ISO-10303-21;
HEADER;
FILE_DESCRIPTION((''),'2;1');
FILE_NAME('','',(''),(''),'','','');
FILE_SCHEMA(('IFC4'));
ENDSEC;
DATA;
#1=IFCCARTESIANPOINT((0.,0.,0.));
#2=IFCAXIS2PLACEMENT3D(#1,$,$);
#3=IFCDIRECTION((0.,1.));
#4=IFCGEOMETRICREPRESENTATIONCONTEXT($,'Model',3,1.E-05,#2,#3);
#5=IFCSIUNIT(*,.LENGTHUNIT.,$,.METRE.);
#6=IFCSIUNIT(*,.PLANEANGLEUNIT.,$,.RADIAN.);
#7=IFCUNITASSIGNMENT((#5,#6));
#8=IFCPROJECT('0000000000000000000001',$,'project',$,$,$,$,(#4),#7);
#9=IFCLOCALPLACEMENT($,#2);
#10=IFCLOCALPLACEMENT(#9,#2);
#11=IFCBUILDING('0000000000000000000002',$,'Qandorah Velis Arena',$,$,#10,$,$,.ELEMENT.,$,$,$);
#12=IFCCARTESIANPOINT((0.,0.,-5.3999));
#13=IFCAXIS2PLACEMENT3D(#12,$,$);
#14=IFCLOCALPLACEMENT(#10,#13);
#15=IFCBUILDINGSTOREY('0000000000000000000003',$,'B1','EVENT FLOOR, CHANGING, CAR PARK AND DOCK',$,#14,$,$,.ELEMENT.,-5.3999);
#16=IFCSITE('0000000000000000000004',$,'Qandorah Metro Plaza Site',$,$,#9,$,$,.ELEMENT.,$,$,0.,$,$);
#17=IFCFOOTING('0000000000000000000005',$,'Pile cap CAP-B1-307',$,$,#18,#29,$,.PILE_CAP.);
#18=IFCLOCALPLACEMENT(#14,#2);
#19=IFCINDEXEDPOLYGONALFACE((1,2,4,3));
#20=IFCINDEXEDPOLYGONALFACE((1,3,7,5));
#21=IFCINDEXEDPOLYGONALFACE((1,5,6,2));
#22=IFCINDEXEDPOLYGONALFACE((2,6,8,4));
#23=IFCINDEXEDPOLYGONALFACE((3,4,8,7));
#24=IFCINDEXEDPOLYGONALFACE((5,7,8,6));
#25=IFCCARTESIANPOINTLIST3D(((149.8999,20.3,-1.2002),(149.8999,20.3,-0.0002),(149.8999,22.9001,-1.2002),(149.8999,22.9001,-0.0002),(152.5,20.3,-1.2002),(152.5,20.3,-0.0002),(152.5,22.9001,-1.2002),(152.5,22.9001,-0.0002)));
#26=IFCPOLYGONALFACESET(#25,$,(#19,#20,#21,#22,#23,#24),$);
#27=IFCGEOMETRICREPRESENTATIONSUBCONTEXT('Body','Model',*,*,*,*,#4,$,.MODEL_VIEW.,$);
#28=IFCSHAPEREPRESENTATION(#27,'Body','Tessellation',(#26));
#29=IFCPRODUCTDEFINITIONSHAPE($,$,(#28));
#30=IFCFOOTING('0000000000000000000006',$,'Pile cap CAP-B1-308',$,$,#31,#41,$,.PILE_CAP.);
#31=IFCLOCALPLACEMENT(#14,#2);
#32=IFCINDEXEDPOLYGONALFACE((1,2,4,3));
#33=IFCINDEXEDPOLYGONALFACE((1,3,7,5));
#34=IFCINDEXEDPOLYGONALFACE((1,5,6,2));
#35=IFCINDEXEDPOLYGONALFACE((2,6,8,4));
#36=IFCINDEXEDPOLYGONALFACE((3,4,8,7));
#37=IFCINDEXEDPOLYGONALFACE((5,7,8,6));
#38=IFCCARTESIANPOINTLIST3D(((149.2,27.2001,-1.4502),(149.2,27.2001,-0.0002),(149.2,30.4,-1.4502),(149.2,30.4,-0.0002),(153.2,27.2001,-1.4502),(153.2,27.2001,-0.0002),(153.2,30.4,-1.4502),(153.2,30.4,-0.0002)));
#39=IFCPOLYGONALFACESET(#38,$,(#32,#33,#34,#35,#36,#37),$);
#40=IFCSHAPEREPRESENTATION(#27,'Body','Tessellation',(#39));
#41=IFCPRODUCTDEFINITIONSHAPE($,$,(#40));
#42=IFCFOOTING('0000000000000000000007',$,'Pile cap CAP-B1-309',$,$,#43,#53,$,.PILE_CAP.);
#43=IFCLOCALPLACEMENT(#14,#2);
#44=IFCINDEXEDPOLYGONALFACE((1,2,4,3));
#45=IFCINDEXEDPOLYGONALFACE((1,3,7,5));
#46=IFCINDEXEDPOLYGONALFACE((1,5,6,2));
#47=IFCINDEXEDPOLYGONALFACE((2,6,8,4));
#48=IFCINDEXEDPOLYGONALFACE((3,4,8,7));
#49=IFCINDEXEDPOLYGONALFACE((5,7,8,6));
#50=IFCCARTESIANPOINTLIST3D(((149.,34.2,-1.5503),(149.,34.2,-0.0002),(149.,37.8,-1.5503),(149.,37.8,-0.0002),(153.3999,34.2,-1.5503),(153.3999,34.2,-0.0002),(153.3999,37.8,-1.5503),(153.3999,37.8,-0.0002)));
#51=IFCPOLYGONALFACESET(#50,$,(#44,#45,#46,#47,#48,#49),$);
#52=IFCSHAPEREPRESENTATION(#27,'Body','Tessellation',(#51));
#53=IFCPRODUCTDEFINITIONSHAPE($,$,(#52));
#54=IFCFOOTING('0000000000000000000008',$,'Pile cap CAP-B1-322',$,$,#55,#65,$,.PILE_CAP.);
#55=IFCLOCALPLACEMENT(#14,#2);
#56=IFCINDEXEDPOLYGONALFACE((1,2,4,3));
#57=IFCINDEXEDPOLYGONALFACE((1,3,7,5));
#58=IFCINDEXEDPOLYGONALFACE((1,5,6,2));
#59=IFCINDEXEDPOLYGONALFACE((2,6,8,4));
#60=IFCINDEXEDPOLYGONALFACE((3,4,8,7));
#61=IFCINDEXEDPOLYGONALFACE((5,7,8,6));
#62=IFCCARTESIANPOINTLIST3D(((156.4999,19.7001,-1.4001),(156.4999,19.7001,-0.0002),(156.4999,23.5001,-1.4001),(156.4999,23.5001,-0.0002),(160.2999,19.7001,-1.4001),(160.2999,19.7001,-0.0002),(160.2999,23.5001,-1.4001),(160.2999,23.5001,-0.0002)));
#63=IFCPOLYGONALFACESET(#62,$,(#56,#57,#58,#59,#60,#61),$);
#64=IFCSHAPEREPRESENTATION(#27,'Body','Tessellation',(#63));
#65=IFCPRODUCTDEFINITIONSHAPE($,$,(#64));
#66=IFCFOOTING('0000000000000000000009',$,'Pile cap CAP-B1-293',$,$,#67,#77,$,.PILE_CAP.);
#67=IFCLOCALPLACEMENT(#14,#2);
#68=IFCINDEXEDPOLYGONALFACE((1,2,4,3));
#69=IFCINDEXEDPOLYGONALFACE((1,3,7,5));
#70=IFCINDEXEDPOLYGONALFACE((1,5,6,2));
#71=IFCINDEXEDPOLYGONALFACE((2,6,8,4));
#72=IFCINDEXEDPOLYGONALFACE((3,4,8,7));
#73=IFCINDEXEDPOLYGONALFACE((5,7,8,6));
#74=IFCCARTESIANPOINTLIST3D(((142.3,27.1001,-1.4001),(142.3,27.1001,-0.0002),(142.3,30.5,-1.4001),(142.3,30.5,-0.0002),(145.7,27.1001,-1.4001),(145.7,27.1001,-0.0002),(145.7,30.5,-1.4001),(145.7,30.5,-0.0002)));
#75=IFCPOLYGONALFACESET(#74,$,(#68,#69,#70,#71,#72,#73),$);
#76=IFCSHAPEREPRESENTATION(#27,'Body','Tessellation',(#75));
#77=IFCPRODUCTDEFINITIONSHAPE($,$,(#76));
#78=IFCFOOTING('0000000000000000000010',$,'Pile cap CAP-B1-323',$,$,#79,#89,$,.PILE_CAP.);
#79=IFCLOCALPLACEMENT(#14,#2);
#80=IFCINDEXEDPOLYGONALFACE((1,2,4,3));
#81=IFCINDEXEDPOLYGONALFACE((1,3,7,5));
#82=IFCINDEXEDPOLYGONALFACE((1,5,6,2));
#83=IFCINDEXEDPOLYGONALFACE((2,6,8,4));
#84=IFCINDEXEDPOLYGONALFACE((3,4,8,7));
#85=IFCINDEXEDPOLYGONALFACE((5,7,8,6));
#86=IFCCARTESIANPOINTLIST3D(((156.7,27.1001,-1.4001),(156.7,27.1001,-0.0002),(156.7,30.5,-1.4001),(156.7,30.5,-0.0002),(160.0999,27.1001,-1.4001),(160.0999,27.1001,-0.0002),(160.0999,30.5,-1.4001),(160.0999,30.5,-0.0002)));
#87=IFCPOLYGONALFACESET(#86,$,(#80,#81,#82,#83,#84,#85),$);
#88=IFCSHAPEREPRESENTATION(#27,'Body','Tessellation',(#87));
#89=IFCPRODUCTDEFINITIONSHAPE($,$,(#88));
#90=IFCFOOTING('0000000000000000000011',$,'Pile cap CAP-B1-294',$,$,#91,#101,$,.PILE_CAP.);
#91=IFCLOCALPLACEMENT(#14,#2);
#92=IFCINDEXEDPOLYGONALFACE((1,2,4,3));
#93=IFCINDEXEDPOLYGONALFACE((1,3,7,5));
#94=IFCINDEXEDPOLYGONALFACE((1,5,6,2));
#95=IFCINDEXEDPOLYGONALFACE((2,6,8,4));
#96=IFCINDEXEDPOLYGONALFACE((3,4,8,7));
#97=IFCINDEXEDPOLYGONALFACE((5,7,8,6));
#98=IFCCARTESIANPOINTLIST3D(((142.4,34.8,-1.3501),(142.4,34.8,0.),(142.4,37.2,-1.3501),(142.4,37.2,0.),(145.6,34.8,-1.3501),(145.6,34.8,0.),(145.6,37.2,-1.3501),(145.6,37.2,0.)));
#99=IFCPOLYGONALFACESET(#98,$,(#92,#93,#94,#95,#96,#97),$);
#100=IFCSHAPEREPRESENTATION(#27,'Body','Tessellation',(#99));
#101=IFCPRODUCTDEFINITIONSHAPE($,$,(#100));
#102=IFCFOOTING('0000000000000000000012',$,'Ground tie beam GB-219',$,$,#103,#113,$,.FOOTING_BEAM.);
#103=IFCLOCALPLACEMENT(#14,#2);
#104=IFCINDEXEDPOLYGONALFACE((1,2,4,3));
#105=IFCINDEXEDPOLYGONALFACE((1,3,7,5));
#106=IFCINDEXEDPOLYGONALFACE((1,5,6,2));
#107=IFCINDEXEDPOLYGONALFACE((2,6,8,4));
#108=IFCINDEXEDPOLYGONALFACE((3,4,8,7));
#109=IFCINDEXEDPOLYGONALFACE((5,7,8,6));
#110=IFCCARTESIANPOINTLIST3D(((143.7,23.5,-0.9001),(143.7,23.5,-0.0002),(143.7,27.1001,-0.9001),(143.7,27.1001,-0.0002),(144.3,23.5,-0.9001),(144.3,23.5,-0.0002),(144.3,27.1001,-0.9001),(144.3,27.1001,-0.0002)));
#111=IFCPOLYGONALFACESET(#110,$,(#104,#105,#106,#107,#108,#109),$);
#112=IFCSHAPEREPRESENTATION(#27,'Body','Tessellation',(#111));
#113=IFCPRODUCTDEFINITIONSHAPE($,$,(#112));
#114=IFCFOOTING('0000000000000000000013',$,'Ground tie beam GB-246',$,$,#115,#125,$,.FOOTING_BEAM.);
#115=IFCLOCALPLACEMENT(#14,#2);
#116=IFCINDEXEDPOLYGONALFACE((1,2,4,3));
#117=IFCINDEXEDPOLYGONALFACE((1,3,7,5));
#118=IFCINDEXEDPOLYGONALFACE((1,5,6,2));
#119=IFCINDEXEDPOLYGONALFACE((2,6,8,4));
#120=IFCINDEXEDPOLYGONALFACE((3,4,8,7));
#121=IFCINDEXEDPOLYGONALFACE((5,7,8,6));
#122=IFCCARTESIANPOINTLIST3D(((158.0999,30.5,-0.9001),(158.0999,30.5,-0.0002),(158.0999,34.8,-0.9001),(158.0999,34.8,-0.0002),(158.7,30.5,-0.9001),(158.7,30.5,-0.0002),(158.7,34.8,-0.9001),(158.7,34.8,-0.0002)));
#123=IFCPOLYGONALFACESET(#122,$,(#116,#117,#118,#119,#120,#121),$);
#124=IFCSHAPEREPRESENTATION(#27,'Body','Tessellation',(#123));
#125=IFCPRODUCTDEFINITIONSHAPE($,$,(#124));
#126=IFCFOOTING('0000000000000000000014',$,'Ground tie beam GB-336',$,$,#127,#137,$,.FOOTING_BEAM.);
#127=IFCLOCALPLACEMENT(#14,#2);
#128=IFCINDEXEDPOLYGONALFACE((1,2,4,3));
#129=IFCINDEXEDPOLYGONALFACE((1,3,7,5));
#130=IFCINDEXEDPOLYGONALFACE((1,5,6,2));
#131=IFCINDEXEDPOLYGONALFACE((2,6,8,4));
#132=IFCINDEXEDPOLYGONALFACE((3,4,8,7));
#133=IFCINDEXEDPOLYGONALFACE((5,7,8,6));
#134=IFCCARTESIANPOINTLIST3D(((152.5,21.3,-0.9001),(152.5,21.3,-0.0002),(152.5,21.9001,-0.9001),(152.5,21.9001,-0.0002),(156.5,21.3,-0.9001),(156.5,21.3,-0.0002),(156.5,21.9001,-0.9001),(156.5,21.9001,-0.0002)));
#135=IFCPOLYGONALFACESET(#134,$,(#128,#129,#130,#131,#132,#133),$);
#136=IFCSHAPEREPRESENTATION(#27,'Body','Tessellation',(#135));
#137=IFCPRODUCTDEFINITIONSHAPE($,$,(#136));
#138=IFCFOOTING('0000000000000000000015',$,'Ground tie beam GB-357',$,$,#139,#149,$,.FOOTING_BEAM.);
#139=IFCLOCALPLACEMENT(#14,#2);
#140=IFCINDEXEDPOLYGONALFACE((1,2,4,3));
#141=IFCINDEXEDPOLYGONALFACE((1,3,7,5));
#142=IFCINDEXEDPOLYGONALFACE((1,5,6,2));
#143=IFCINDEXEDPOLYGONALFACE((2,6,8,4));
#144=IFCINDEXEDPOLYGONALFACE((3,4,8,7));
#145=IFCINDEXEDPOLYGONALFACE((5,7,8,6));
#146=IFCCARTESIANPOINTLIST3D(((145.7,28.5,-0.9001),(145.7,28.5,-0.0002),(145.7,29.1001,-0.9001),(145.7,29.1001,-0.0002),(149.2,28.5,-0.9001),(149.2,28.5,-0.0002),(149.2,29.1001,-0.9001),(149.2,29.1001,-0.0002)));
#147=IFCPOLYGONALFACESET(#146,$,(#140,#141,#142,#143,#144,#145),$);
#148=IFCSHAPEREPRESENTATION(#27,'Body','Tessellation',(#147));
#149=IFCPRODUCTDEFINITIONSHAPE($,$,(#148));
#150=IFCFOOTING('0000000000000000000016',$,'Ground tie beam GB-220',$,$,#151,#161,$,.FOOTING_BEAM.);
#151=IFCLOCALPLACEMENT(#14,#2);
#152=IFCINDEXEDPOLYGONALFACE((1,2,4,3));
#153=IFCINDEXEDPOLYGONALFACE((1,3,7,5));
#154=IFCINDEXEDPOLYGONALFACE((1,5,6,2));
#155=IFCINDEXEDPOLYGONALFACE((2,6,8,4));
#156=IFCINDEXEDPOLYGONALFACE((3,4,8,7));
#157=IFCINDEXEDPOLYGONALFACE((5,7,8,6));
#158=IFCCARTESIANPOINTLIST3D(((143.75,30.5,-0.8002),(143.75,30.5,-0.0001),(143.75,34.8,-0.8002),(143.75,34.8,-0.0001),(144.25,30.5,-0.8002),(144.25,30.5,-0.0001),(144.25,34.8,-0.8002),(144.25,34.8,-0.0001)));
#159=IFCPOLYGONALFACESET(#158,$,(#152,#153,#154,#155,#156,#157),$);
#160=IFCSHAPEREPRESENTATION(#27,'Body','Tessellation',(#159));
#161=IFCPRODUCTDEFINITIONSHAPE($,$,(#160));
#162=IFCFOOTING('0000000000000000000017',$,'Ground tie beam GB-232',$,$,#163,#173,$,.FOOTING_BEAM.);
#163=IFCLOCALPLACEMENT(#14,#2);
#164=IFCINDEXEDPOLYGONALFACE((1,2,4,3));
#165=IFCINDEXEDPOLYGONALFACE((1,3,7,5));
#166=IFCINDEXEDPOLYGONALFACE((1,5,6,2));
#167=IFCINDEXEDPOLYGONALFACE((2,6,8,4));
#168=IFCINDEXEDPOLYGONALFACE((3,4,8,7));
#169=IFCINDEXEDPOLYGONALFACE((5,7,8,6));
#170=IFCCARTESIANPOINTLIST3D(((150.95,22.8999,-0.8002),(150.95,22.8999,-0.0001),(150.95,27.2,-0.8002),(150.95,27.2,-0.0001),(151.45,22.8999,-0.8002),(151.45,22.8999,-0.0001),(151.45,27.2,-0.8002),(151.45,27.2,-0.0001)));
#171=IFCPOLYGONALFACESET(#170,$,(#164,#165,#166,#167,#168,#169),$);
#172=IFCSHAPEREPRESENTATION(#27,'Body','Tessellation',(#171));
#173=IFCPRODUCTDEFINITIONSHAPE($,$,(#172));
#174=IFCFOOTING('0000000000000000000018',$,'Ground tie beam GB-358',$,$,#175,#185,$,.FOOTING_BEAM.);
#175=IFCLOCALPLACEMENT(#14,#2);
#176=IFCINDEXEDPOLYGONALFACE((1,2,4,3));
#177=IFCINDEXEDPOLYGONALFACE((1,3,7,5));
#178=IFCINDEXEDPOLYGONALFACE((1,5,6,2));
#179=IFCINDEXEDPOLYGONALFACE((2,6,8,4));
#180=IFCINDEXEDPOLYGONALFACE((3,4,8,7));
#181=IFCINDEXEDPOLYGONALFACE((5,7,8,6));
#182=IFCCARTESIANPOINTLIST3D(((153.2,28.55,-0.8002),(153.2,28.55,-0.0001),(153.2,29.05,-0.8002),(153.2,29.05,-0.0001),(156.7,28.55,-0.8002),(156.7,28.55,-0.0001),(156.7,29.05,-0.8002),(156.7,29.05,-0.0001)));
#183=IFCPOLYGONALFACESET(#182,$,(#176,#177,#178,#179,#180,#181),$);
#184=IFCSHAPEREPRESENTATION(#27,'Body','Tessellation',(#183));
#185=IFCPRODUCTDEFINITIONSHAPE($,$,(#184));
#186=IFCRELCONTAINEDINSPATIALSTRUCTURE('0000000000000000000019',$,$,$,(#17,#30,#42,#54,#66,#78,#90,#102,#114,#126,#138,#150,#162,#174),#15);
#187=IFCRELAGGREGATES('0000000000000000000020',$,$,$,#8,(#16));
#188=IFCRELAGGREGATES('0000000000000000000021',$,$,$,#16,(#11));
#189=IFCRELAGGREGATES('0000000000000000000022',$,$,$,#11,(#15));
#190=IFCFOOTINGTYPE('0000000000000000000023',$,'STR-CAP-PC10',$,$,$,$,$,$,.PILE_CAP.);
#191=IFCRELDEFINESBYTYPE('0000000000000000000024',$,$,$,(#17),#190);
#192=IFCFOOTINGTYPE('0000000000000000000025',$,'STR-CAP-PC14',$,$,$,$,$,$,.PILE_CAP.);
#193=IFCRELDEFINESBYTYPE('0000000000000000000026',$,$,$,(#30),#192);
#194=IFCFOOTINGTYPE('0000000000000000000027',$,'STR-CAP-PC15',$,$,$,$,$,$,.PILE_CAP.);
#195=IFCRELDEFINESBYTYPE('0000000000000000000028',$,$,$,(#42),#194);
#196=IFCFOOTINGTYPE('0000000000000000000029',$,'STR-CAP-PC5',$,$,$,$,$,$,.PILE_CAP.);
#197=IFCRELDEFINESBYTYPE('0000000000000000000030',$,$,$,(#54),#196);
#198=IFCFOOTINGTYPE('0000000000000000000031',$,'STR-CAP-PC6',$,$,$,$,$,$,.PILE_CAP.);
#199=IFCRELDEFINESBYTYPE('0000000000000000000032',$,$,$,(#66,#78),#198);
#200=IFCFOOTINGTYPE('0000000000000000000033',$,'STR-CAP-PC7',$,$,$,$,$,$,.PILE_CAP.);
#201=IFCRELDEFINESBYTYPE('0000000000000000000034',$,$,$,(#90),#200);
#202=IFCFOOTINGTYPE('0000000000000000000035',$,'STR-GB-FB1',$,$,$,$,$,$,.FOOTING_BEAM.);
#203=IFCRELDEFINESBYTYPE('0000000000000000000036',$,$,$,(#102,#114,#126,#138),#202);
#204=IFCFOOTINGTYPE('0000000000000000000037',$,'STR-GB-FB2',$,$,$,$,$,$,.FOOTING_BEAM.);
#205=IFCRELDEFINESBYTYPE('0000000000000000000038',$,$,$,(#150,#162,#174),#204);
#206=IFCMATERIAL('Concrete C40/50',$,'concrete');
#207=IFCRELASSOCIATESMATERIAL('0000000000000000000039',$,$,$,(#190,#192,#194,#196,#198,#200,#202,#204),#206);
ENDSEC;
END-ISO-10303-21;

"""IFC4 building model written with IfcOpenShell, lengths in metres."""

from ifc_helpers import new_model, si_unit, direction, frame, origin, origin_2d, place, context, subcontext, project, spatial, rectangle, extrude, material, material_profile, profile_set, type_object, element, save


model = new_model("IFC4")

# Units and contexts
model_context = context("Model", 3, precision=1e-05, world=origin(), true_north=direction((0.0, 1.0)))
body_context = subcontext(model_context, "Body", "Model", "MODEL_VIEW")
ifc_project = project(units=[si_unit("LENGTHUNIT", "METRE"), si_unit("PLANEANGLEUNIT", "RADIAN")], contexts=[model_context])

# Site, building, storey
site_placement = place(None, origin())
site = spatial("IfcSite", under=ifc_project, at=site_placement, Name="Qandorah Metro Plaza Site", CompositionType="ELEMENT", RefElevation=0.0)
building_placement = place(site_placement, origin())
building = spatial("IfcBuilding", under=site, at=building_placement, Name="Qandorah Velis Arena", CompositionType="ELEMENT")
storey_placement = place(building_placement, frame((0.0, 0.0, -5.3999)))
storey = spatial("IfcBuildingStorey", under=building, at=storey_placement, Name="B1", Description="EVENT FLOOR, CHANGING, CAR PARK AND DOCK", CompositionType="ELEMENT", Elevation=-5.3999)

# Footings
ifc_material = material(Name="Concrete C40/50", Category="concrete")
footing_type_1 = type_object("IfcFootingType", Name="STR-CAP-PC10", PredefinedType="PILE_CAP", material=ifc_material)
footing_1_placement = place(storey_placement, frame((151.2, 21.6001, -1.2002), z_axis=(0.0, 0.0, 1.0), x_axis=(1.0, 0.0, 0.0)))
element("IfcFooting", 1, at=footing_1_placement, inside=storey, type_object=footing_type_1, Name="Pile cap CAP-B1-307", PredefinedType="PILE_CAP", context=body_context, shape_type="SweptSolid", body=[
    extrude(rectangle(XDim=2.6001, YDim=2.6001, at=origin_2d()), origin(), (0.0, 0.0, 1.0), 1.2),
])
footing_type_2 = type_object("IfcFootingType", Name="STR-CAP-PC14", PredefinedType="PILE_CAP", material=ifc_material)
footing_2_placement = place(storey_placement, frame((151.2, 28.8, -1.4502), z_axis=(0.0, 0.0, 1.0), x_axis=(1.0, 0.0, 0.0)))
element("IfcFooting", 2, at=footing_2_placement, inside=storey, type_object=footing_type_2, Name="Pile cap CAP-B1-308", PredefinedType="PILE_CAP", context=body_context, shape_type="SweptSolid", body=[
    extrude(rectangle(XDim=4.0, YDim=3.2, at=origin_2d()), origin(), (0.0, 0.0, 1.0), 1.45),
])
footing_type_3 = type_object("IfcFootingType", Name="STR-CAP-PC15", PredefinedType="PILE_CAP", material=ifc_material)
footing_3_placement = place(storey_placement, frame((151.2, 36.0, -1.5503), z_axis=(0.0, 0.0, 1.0), x_axis=(1.0, 0.0, 0.0)))
element("IfcFooting", 3, at=footing_3_placement, inside=storey, type_object=footing_type_3, Name="Pile cap CAP-B1-309", PredefinedType="PILE_CAP", context=body_context, shape_type="SweptSolid", body=[
    extrude(rectangle(XDim=4.3999, YDim=3.6001, at=origin_2d()), origin(), (0.0, 0.0, 1.0), 1.55),
])
footing_type_4 = type_object("IfcFootingType", Name="STR-CAP-PC5", PredefinedType="PILE_CAP", material=ifc_material)
footing_4_placement = place(storey_placement, frame((158.3999, 21.6001, -1.4001), z_axis=(0.0, 0.0, 1.0), x_axis=(1.0, 0.0, 0.0)))
element("IfcFooting", 4, at=footing_4_placement, inside=storey, type_object=footing_type_4, Name="Pile cap CAP-B1-322", PredefinedType="PILE_CAP", context=body_context, shape_type="SweptSolid", body=[
    extrude(rectangle(XDim=3.8, YDim=3.8, at=origin_2d()), origin(), (0.0, 0.0, 1.0), 1.3999),
])
footing_type_5 = type_object("IfcFootingType", Name="STR-CAP-PC6", PredefinedType="PILE_CAP", material=ifc_material)
for number, where, z_axis, x_axis, name in (
    (5, (144.0, 28.8, -1.4001), (0.0, 0.0, 1.0), (1.0, 0.0, 0.0), "Pile cap CAP-B1-293"),
    (6, (158.3999, 28.8, -1.4001), (0.0, 0.0, 1.0), (1.0, 0.0, 0.0), "Pile cap CAP-B1-323"),
):
    element("IfcFooting", number, at=place(storey_placement, frame(where, z_axis=z_axis, x_axis=x_axis)), inside=storey, type_object=footing_type_5, Name=name, PredefinedType="PILE_CAP", context=body_context, shape_type="SweptSolid", body=[
        extrude(rectangle(XDim=3.3999, YDim=3.3999, at=origin_2d()), origin(), (0.0, 0.0, 1.0), 1.3999),
    ])
footing_type_6 = type_object("IfcFootingType", Name="STR-CAP-PC7", PredefinedType="PILE_CAP", material=ifc_material)
footing_5_placement = place(storey_placement, frame((144.0, 36.0, -1.3501), z_axis=(0.0, 0.0, 1.0), x_axis=(1.0, 0.0, 0.0)))
element("IfcFooting", 7, at=footing_5_placement, inside=storey, type_object=footing_type_6, Name="Pile cap CAP-B1-294", PredefinedType="PILE_CAP", context=body_context, shape_type="SweptSolid", body=[
    extrude(rectangle(XDim=3.2, YDim=2.3999, at=origin_2d()), origin(), (0.0, 0.0, 1.0), 1.3501),
])
ifc_material_profile_1 = material_profile(ifc_material, rectangle(XDim=0.6001, YDim=0.8999, at=origin_2d()), Name="GB1 600x900")
ifc_profile_set_1 = profile_set([ifc_material_profile_1], Name="Concrete C40/50")
footing_type_7 = type_object("IfcFootingType", Name="STR-GB-FB1", PredefinedType="FOOTING_BEAM", material=ifc_profile_set_1)
footing_6_placement = place(storey_placement, frame((144.0, 23.5, -0.4502), z_axis=(0.0, 1.0, 0.0), x_axis=(-1.0, 0.0, 0.0)))
element("IfcFooting", 8, at=footing_6_placement, inside=storey, type_object=footing_type_7, Name="Ground tie beam GB-219", PredefinedType="FOOTING_BEAM", context=body_context, shape_type="SweptSolid", body=[
    extrude(rectangle(XDim=0.6001, YDim=0.8999, at=origin_2d()), origin(), (0.0, 0.0, 1.0), 3.6001),
])
footing_7_placement = place(storey_placement, frame((158.3999, 30.5, -0.4502), z_axis=(0.0, 1.0, 0.0), x_axis=(-1.0, 0.0, 0.0)))
element("IfcFooting", 9, at=footing_7_placement, inside=storey, type_object=footing_type_7, Name="Ground tie beam GB-246", PredefinedType="FOOTING_BEAM", context=body_context, shape_type="SweptSolid", body=[
    extrude(rectangle(XDim=0.6001, YDim=0.8999, at=origin_2d()), origin(), (0.0, 0.0, 1.0), 4.3),
])
footing_8_placement = place(storey_placement, frame((152.5, 21.6001, -0.4502), z_axis=(1.0, 0.0, 0.0), x_axis=(0.0, 1.0, 0.0)))
element("IfcFooting", 10, at=footing_8_placement, inside=storey, type_object=footing_type_7, Name="Ground tie beam GB-336", PredefinedType="FOOTING_BEAM", context=body_context, shape_type="SweptSolid", body=[
    extrude(rectangle(XDim=0.6001, YDim=0.8999, at=origin_2d()), origin(), (0.0, 0.0, 1.0), 4.0),
])
footing_9_placement = place(storey_placement, frame((145.7, 28.8, -0.4502), z_axis=(1.0, 0.0, 0.0), x_axis=(0.0, 1.0, 0.0)))
element("IfcFooting", 11, at=footing_9_placement, inside=storey, type_object=footing_type_7, Name="Ground tie beam GB-357", PredefinedType="FOOTING_BEAM", context=body_context, shape_type="SweptSolid", body=[
    extrude(rectangle(XDim=0.6001, YDim=0.8999, at=origin_2d()), origin(), (0.0, 0.0, 1.0), 3.5),
])
ifc_material_profile_2 = material_profile(ifc_material, rectangle(XDim=0.5, YDim=0.8, at=origin_2d()), Name="GB2 500x800")
ifc_profile_set_2 = profile_set([ifc_material_profile_2], Name="Concrete C40/50")
footing_type_8 = type_object("IfcFootingType", Name="STR-GB-FB2", PredefinedType="FOOTING_BEAM", material=ifc_profile_set_2)
for number, where, z_axis, x_axis, name in (
    (12, (144.0, 30.5, -0.4001), (0.0, 1.0, 0.0), (-1.0, 0.0, 0.0), "Ground tie beam GB-220"),
    (13, (151.2, 22.8999, -0.4001), (0.0, 1.0, 0.0), (-1.0, 0.0, 0.0), "Ground tie beam GB-232"),
):
    element("IfcFooting", number, at=place(storey_placement, frame(where, z_axis=z_axis, x_axis=x_axis)), inside=storey, type_object=footing_type_8, Name=name, PredefinedType="FOOTING_BEAM", context=body_context, shape_type="SweptSolid", body=[
        extrude(rectangle(XDim=0.5, YDim=0.8, at=origin_2d()), origin(), (0.0, 0.0, 1.0), 4.3),
    ])
footing_10_placement = place(storey_placement, frame((153.2, 28.8, -0.4001), z_axis=(1.0, 0.0, 0.0), x_axis=(0.0, 1.0, 0.0)))
element("IfcFooting", 14, at=footing_10_placement, inside=storey, type_object=footing_type_8, Name="Ground tie beam GB-358", PredefinedType="FOOTING_BEAM", context=body_context, shape_type="SweptSolid", body=[
    extrude(rectangle(XDim=0.5, YDim=0.8, at=origin_2d()), origin(), (0.0, 0.0, 1.0), 3.5),
])

save(model, "model.ifc")
